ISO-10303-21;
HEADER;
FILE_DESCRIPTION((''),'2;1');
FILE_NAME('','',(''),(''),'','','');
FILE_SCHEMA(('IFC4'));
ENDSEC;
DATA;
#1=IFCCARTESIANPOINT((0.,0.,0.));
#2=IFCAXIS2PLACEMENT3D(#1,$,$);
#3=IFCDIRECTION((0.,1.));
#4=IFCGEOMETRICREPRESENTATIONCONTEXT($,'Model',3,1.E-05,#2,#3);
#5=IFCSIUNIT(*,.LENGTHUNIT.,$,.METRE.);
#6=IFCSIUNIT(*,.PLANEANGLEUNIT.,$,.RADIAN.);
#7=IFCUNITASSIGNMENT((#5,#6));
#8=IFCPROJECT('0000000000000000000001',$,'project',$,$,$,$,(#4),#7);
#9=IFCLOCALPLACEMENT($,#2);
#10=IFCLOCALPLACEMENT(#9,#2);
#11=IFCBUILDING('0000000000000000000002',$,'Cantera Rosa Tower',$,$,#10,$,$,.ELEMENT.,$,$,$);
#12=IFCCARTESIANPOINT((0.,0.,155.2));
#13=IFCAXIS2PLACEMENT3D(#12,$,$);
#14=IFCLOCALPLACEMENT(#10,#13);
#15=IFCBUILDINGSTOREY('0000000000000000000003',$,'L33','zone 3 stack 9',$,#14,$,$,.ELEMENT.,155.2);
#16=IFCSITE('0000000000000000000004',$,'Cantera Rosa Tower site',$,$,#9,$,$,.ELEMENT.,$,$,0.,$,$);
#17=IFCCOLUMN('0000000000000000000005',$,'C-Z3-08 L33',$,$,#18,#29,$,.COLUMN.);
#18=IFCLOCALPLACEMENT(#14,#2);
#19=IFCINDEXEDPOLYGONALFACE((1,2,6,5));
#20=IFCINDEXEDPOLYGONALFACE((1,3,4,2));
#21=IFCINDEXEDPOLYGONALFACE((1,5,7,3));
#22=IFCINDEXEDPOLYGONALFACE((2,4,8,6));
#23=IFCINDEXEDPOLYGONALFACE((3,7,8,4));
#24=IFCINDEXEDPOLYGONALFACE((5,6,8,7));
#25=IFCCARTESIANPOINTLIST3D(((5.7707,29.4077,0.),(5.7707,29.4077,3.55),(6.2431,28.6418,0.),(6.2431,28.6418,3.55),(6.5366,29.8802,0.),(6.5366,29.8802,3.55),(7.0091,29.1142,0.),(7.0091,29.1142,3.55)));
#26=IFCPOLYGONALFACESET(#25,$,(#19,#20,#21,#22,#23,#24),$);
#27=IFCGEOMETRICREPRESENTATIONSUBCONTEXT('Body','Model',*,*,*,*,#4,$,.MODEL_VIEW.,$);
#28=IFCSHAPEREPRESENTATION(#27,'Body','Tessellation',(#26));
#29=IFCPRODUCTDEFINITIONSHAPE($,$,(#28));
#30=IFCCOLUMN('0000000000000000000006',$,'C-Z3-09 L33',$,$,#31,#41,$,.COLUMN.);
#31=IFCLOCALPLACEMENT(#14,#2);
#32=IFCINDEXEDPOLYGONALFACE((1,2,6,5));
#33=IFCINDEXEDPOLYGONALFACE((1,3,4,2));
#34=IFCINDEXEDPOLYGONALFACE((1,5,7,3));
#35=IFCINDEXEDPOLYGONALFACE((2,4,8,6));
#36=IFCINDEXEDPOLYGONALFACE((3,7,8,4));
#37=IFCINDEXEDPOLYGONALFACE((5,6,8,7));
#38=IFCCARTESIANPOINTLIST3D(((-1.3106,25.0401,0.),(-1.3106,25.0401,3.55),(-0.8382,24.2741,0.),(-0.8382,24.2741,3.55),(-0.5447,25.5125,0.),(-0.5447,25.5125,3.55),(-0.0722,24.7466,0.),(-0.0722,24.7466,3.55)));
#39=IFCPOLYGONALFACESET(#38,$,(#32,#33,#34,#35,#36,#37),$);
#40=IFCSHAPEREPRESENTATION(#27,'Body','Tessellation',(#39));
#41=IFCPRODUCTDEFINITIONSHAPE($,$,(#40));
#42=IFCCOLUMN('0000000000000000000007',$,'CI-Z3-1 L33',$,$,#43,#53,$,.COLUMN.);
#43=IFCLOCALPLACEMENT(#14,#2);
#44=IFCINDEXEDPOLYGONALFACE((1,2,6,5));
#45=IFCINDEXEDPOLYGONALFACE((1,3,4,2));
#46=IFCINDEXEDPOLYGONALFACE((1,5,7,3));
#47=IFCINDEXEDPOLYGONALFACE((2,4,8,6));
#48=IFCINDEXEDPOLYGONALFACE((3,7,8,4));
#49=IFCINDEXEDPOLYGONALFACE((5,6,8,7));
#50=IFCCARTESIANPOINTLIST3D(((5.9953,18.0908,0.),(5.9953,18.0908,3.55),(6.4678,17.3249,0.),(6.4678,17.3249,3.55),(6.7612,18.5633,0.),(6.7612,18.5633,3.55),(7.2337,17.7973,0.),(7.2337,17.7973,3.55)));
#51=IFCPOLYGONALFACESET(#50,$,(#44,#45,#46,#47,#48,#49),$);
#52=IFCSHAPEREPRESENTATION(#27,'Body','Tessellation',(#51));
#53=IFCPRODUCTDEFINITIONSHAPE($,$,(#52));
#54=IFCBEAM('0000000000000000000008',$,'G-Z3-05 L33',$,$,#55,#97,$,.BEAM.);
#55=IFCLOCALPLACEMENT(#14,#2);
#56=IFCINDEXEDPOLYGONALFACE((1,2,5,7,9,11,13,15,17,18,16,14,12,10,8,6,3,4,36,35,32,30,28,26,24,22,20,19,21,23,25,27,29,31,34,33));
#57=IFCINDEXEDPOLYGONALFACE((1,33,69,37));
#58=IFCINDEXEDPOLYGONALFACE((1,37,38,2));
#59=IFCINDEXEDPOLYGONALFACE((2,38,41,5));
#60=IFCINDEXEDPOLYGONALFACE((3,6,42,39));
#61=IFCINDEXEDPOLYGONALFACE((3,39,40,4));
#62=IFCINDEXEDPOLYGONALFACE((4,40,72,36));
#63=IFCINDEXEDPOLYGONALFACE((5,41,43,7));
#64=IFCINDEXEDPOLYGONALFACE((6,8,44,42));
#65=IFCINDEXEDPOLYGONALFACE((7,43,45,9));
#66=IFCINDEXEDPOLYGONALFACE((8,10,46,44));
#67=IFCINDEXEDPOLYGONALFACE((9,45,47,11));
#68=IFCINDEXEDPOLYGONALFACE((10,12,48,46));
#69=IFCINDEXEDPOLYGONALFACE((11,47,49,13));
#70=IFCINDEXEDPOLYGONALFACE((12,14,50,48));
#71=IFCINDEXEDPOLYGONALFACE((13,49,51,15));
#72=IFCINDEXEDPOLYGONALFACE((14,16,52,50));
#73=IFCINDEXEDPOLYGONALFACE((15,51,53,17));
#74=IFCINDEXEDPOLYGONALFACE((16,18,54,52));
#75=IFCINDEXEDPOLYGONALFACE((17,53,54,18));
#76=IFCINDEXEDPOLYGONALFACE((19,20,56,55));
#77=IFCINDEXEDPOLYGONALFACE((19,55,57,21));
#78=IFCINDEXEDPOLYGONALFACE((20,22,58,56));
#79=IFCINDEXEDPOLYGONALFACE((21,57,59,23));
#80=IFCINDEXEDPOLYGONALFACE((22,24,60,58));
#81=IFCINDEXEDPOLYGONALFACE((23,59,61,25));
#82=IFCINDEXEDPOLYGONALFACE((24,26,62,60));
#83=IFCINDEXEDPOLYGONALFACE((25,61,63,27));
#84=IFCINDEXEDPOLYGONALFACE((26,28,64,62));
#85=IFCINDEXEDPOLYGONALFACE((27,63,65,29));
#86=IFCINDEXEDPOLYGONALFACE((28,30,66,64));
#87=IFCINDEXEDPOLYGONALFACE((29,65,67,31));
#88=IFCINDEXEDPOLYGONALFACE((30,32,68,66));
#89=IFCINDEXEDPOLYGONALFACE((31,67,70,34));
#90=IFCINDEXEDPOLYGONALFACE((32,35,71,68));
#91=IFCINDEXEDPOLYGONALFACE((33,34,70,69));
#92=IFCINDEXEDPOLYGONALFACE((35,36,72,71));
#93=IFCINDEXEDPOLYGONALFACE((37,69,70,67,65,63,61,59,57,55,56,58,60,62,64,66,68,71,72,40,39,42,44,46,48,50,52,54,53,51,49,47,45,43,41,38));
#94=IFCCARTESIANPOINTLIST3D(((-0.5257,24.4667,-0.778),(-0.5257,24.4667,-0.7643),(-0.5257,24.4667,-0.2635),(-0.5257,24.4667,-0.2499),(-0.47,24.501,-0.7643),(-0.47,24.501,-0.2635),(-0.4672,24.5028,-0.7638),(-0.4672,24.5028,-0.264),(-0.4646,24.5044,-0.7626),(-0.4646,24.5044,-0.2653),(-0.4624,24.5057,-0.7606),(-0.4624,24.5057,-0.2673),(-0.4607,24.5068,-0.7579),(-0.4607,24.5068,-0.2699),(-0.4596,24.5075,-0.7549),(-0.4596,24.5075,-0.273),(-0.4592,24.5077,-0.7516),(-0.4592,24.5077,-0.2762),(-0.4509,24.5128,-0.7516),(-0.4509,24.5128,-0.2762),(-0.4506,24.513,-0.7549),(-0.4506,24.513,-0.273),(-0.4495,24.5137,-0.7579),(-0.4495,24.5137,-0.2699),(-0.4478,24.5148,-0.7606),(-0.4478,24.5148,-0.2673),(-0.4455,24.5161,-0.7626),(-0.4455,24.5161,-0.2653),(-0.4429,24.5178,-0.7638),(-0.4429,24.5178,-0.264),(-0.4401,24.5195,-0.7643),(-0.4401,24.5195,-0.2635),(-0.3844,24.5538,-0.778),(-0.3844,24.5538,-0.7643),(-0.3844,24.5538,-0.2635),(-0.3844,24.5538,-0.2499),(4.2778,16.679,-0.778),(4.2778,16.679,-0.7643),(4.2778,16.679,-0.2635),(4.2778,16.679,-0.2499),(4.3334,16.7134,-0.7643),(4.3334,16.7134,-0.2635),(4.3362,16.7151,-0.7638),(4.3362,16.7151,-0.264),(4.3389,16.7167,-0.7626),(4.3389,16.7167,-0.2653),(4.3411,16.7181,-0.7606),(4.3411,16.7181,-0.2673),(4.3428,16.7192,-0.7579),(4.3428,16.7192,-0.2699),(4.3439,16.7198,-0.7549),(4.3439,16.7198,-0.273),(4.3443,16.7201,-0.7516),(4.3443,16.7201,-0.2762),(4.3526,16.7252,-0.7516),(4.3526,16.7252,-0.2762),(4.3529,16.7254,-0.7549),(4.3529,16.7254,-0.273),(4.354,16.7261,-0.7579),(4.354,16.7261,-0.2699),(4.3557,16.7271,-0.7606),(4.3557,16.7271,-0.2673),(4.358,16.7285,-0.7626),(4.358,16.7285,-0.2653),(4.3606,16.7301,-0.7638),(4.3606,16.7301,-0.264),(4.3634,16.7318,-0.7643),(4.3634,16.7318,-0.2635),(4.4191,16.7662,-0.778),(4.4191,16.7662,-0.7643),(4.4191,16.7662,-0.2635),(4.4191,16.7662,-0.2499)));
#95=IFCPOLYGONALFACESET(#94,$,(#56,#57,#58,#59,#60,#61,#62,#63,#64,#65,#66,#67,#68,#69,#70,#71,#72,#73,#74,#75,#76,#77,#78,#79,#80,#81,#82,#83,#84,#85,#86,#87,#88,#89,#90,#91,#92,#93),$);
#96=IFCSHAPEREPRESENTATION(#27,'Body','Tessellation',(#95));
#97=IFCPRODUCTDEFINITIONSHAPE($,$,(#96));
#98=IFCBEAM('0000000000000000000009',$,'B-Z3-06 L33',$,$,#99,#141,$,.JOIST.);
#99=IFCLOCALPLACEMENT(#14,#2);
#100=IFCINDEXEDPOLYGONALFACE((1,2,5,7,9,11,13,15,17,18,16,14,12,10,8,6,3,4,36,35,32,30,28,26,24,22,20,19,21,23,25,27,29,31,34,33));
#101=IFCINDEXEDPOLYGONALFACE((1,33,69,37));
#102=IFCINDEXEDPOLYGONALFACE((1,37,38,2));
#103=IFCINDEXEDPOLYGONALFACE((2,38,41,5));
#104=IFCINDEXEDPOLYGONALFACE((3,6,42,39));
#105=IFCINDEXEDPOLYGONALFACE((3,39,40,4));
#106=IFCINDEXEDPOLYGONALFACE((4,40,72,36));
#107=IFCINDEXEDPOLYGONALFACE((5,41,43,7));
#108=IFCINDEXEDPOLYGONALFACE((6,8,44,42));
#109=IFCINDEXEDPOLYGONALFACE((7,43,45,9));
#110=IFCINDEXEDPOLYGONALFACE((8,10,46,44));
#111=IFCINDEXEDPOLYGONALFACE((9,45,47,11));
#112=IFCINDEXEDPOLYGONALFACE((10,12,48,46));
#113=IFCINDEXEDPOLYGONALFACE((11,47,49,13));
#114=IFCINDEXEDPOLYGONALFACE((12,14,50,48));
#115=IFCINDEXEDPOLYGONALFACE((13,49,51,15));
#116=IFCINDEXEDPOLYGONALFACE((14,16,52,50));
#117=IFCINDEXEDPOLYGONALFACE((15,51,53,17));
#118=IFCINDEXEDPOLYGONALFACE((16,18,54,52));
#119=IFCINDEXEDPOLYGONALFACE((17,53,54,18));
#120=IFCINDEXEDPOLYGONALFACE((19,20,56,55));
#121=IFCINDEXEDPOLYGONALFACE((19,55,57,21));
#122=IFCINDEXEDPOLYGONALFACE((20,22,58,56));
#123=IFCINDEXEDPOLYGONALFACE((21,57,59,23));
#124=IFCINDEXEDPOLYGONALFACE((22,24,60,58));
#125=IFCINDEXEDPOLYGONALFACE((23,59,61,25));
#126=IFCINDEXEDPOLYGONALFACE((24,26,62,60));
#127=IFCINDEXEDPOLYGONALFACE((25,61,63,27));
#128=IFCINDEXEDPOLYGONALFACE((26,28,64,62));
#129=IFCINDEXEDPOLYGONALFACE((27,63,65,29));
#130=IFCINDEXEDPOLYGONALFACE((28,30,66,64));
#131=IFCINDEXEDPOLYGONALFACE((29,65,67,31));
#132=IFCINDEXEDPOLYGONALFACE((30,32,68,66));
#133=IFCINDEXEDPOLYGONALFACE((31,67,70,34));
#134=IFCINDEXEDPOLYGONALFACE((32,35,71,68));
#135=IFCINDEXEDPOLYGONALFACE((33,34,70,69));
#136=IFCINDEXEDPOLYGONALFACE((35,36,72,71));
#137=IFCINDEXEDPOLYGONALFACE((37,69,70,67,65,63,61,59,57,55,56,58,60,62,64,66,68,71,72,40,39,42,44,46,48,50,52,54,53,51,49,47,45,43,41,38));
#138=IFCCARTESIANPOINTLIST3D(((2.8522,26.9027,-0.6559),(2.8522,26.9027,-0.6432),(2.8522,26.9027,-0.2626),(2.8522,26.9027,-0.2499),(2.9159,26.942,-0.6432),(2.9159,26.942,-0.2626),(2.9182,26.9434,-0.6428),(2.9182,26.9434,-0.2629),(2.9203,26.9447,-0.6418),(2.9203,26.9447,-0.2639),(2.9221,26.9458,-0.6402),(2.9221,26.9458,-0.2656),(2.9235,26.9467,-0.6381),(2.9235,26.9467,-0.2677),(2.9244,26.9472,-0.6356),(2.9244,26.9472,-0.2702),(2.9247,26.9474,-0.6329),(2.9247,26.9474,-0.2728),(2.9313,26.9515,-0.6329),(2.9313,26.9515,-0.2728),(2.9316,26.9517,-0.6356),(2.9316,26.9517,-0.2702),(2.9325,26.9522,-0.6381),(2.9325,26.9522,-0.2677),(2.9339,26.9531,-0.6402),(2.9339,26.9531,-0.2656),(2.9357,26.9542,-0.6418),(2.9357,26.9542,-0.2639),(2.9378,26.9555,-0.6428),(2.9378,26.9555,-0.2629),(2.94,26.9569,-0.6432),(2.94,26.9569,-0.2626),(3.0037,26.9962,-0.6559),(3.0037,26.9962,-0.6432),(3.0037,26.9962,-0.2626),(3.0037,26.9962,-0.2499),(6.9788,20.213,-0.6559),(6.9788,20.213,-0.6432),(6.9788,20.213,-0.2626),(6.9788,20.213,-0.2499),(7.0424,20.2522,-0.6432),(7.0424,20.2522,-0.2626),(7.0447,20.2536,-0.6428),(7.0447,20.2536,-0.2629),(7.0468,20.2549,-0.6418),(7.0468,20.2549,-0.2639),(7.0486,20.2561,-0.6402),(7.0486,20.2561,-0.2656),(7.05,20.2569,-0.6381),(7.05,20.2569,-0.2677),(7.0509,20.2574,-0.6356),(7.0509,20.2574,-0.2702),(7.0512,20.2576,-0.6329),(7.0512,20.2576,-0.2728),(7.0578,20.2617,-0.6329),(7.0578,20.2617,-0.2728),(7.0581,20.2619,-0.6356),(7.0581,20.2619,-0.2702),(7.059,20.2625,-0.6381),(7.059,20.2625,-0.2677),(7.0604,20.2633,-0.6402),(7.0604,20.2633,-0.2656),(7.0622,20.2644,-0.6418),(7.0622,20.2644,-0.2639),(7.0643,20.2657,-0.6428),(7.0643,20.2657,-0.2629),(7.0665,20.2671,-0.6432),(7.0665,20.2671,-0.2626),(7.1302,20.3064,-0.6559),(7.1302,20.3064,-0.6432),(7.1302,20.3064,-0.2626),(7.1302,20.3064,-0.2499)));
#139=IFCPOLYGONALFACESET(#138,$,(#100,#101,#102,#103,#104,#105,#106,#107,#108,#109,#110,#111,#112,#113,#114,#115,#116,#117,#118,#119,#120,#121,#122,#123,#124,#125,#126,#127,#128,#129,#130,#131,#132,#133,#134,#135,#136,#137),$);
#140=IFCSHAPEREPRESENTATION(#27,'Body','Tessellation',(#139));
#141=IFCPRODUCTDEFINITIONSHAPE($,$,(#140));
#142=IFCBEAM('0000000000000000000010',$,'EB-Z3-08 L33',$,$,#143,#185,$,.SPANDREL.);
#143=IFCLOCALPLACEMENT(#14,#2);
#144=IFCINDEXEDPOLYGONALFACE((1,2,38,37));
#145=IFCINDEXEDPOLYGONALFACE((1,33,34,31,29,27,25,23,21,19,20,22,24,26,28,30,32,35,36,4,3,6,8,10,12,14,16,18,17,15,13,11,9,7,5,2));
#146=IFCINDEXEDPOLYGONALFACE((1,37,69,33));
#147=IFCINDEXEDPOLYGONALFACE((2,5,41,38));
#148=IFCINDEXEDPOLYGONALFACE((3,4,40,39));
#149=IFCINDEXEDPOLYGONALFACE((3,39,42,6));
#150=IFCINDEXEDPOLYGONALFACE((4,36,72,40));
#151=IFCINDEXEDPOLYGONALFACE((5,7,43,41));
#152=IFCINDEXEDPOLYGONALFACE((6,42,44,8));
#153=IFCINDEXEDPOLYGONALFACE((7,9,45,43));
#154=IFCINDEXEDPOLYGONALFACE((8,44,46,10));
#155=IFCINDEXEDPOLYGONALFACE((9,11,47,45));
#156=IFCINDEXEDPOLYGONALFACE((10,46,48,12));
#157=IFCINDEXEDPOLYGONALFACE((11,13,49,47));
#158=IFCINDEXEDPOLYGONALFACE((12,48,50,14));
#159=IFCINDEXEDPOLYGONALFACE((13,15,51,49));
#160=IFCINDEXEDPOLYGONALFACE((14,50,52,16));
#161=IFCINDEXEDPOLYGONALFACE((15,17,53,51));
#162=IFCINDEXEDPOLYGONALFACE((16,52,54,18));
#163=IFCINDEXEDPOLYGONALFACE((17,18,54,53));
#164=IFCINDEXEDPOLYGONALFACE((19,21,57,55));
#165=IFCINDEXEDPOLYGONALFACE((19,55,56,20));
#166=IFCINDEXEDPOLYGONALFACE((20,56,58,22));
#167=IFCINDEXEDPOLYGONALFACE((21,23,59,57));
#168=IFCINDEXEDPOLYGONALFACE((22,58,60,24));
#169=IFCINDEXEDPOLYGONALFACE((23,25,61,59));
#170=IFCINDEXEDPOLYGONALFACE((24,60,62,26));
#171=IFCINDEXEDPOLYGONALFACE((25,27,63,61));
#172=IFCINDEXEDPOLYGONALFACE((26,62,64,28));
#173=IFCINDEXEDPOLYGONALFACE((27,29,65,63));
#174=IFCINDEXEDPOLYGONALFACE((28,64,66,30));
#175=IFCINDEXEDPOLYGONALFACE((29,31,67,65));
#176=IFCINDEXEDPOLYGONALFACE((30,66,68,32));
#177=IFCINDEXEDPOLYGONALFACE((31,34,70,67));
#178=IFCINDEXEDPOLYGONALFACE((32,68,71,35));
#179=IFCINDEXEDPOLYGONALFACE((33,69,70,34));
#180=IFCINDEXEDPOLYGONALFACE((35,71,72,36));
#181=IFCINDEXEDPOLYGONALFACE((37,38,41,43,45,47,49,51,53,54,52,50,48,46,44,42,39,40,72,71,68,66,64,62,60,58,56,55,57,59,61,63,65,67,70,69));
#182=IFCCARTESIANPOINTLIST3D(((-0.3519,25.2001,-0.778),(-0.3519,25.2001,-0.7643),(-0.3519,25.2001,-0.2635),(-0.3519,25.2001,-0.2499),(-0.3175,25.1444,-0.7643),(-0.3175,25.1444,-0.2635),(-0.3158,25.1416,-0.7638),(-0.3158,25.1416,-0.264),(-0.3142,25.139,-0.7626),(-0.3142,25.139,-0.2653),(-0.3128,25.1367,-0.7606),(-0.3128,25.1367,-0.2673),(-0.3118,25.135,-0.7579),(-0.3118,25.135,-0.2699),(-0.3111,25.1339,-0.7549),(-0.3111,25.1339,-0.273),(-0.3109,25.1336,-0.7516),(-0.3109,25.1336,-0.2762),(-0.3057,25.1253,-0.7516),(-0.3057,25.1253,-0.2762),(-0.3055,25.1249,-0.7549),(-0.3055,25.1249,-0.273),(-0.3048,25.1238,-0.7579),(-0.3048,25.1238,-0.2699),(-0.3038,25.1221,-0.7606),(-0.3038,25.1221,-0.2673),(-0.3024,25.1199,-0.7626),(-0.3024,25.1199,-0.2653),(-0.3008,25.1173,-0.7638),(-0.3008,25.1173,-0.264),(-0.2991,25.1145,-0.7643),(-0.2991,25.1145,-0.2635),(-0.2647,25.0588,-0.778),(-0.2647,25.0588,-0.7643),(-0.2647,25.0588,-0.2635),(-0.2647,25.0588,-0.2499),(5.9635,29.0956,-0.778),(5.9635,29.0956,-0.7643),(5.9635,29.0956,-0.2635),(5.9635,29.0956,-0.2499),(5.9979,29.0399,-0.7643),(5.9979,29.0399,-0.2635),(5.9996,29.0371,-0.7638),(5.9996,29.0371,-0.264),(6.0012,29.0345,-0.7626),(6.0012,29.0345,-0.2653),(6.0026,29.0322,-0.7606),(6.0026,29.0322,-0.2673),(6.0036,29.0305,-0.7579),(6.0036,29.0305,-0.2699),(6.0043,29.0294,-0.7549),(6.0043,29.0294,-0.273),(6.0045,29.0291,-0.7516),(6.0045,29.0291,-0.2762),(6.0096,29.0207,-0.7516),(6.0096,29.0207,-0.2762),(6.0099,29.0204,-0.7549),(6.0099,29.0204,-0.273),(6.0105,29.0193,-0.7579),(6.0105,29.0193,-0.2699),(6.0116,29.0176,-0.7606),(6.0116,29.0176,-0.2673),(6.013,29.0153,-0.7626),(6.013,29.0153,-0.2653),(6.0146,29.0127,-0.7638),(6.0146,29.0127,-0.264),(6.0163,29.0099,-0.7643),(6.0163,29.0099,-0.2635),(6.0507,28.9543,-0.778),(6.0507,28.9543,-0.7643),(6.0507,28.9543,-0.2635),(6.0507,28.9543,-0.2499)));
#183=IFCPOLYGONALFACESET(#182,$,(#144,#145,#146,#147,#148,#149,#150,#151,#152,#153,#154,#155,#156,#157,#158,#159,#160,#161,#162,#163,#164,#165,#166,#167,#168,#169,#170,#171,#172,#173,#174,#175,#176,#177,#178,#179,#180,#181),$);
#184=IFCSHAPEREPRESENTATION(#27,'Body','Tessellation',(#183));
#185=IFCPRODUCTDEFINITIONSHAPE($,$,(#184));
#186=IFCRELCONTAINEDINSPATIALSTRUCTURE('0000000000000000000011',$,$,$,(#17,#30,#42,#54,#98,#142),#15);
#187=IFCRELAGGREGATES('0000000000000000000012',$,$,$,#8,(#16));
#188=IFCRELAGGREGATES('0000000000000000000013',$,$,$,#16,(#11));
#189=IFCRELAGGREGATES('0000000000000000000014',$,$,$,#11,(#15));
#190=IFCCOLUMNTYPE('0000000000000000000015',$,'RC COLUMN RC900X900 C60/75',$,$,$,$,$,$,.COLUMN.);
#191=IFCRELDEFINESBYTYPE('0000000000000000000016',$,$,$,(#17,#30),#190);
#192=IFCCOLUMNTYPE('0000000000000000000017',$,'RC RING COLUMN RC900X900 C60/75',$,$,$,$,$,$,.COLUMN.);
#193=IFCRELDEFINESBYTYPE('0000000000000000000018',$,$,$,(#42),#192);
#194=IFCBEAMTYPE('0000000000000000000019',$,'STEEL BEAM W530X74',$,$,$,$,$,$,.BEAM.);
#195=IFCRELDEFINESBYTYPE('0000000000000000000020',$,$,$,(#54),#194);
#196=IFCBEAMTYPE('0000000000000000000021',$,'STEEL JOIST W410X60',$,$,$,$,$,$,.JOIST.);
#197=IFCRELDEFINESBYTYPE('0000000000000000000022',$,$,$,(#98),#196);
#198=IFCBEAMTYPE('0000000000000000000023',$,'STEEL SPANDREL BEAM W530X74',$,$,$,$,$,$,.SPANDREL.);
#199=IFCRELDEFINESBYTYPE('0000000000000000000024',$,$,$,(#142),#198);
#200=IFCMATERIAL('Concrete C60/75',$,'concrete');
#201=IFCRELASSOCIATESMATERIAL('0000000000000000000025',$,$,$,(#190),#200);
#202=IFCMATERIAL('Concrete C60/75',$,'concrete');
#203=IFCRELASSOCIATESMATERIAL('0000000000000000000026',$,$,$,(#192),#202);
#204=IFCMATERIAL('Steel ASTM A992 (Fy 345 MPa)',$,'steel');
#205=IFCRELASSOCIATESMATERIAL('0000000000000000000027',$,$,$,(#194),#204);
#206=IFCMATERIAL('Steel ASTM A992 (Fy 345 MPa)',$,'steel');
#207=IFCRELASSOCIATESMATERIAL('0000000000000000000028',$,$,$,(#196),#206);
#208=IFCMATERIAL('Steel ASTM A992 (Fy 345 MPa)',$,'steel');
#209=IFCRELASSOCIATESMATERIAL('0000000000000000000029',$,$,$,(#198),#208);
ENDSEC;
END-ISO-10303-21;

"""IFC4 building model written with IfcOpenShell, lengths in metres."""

from ifc_helpers import new_model, si_unit, direction, frame, origin, origin_2d, place, context, subcontext, project, spatial, rectangle, i_section, extrude, material, material_profile, profile_set, type_object, element, save


model = new_model("IFC4")

# Units and contexts
model_context = context("Model", 3, precision=1e-05, world=origin(), true_north=direction((0.0, 1.0)))
body_context = subcontext(model_context, "Body", "Model", "MODEL_VIEW")
ifc_project = project(units=[si_unit("LENGTHUNIT", "METRE"), si_unit("PLANEANGLEUNIT", "RADIAN")], contexts=[model_context])

# Site, building, storey
site_placement = place(None, origin())
site = spatial("IfcSite", under=ifc_project, at=site_placement, Name="Cantera Rosa Tower site", CompositionType="ELEMENT", RefElevation=0.0)
building_placement = place(site_placement, origin())
building = spatial("IfcBuilding", under=site, at=building_placement, Name="Cantera Rosa Tower", CompositionType="ELEMENT")
storey_placement = place(building_placement, frame((0.0, 0.0, 155.2)))
storey = spatial("IfcBuildingStorey", under=building, at=storey_placement, Name="L33", Description="zone 3 stack 9", CompositionType="ELEMENT", Elevation=155.2)

# Columns
ifc_material_1 = material(Name="Concrete C60/75", Category="concrete")
ifc_material_profile_1 = material_profile(ifc_material_1, rectangle(XDim=0.8999, YDim=0.8999, at=origin_2d()), Name="RC COLUMN RC900X900 C60/75")
ifc_profile_set_1 = profile_set([ifc_material_profile_1], Name="Concrete C60/75")
column_type_1 = type_object("IfcColumnType", Name="RC COLUMN RC900X900 C60/75", PredefinedType="COLUMN", material=ifc_profile_set_1)
for number, where, z_axis, x_axis, name in (
    (1, (6.3899, 29.261, 0.0), (0.0, 0.0, 1.0), (0.851117, 0.524977, 0.0), "C-Z3-08 L33"),
    (2, (-0.6914, 24.8933, 0.0), (0.0, 0.0, 1.0), (0.851117, 0.524977, 0.0), "C-Z3-09 L33"),
):
    element("IfcColumn", number, at=place(storey_placement, frame(where, z_axis=z_axis, x_axis=x_axis)), inside=storey, type_object=column_type_1, Name=name, PredefinedType="COLUMN", context=body_context, shape_type="SweptSolid", body=[
        extrude(rectangle(XDim=0.8999, YDim=0.8999, at=origin_2d()), origin(), (0.0, 0.0, 1.0), 3.55),
    ])
ifc_material_2 = material(Name="Concrete C60/75", Category="concrete")
ifc_material_profile_2 = material_profile(ifc_material_2, rectangle(XDim=0.8999, YDim=0.8999, at=origin_2d()), Name="RC RING COLUMN RC900X900 C60/75")
ifc_profile_set_2 = profile_set([ifc_material_profile_2], Name="Concrete C60/75")
column_type_2 = type_object("IfcColumnType", Name="RC RING COLUMN RC900X900 C60/75", PredefinedType="COLUMN", material=ifc_profile_set_2)
column_placement = place(storey_placement, frame((6.6145, 17.9441, 0.0), z_axis=(0.0, 0.0, 1.0), x_axis=(0.851117, 0.524977, 0.0)))
element("IfcColumn", 3, at=column_placement, inside=storey, type_object=column_type_2, Name="CI-Z3-1 L33", PredefinedType="COLUMN", context=body_context, shape_type="SweptSolid", body=[
    extrude(rectangle(XDim=0.8999, YDim=0.8999, at=origin_2d()), origin(), (0.0, 0.0, 1.0), 3.55),
])

# Beams
ifc_material_3 = material(Name="Steel ASTM A992 (Fy 345 MPa)", Category="steel")
ifc_material_profile_3 = material_profile(ifc_material_3, i_section(OverallWidth=0.166, OverallDepth=0.5281, WebThickness=0.0098, FlangeThickness=0.0137, FilletRadius=0.0127, at=origin_2d()), Name="W530X74")
ifc_profile_set_3 = profile_set([ifc_material_profile_3], Name="Steel ASTM A992 (Fy 345 MPa)")
beam_type_1 = type_object("IfcBeamType", Name="STEEL BEAM W530X74", PredefinedType="BEAM", material=ifc_profile_set_3)
beam_1_placement = place(storey_placement, frame((-0.4551, 24.5103, -0.5139), z_axis=(0.524977, -0.851116, 0.0), x_axis=(0.851116, 0.524977, 0.0)))
element("IfcBeam", 4, at=beam_1_placement, inside=storey, type_object=beam_type_1, Name="G-Z3-05 L33", PredefinedType="BEAM", context=body_context, shape_type="SweptSolid", body=[
    extrude(i_section(OverallWidth=0.166, OverallDepth=0.5281, WebThickness=0.0098, FlangeThickness=0.0137, FilletRadius=0.0127, at=origin_2d()), origin(), (0.0, 0.0, 1.0), 9.1499),
])
ifc_material_4 = material(Name="Steel ASTM A992 (Fy 345 MPa)", Category="steel")
ifc_material_profile_4 = material_profile(ifc_material_4, i_section(OverallWidth=0.178, OverallDepth=0.406, WebThickness=0.0078, FlangeThickness=0.0127, FilletRadius=0.0103, at=origin_2d()), Name="W410X60")
ifc_profile_set_4 = profile_set([ifc_material_profile_4], Name="Steel ASTM A992 (Fy 345 MPa)")
beam_type_2 = type_object("IfcBeamType", Name="STEEL JOIST W410X60", PredefinedType="JOIST", material=ifc_profile_set_4)
beam_2_placement = place(storey_placement, frame((2.928, 26.9495, -0.4529), z_axis=(0.524995, -0.851105, 0.0), x_axis=(0.851105, 0.524995, 0.0)))
element("IfcBeam", 5, at=beam_2_placement, inside=storey, type_object=beam_type_2, Name="B-Z3-06 L33", PredefinedType="JOIST", context=body_context, shape_type="SweptSolid", body=[
    extrude(i_section(OverallWidth=0.178, OverallDepth=0.406, WebThickness=0.0078, FlangeThickness=0.0127, FilletRadius=0.0103, at=origin_2d()), origin(), (0.0, 0.0, 1.0), 7.8601),
])
ifc_material_5 = material(Name="Steel ASTM A992 (Fy 345 MPa)", Category="steel")
ifc_material_profile_5 = material_profile(ifc_material_5, i_section(OverallWidth=0.166, OverallDepth=0.5281, WebThickness=0.0098, FlangeThickness=0.0137, FilletRadius=0.0127, at=origin_2d()), Name="W530X74")
ifc_profile_set_5 = profile_set([ifc_material_profile_5], Name="Steel ASTM A992 (Fy 345 MPa)")
beam_type_3 = type_object("IfcBeamType", Name="STEEL SPANDREL BEAM W530X74", PredefinedType="SPANDREL", material=ifc_profile_set_5)
for number, where, z_axis, x_axis, name in (
    (6, (6.0071, 29.0249, -0.5139), (-0.851111, -0.524986, 0.0), (0.524986, -0.851111, 0.0), "EB-Z3-08 L33"),
):
    element("IfcBeam", number, at=place(storey_placement, frame(where, z_axis=z_axis, x_axis=x_axis)), inside=storey, type_object=beam_type_3, Name=name, PredefinedType="SPANDREL", context=body_context, shape_type="SweptSolid", body=[
        extrude(i_section(OverallWidth=0.166, OverallDepth=0.5281, WebThickness=0.0098, FlangeThickness=0.0137, FilletRadius=0.0127, at=origin_2d()), origin(), (0.0, 0.0, 1.0), 7.4202),
    ])

save(model, "model.ifc")
